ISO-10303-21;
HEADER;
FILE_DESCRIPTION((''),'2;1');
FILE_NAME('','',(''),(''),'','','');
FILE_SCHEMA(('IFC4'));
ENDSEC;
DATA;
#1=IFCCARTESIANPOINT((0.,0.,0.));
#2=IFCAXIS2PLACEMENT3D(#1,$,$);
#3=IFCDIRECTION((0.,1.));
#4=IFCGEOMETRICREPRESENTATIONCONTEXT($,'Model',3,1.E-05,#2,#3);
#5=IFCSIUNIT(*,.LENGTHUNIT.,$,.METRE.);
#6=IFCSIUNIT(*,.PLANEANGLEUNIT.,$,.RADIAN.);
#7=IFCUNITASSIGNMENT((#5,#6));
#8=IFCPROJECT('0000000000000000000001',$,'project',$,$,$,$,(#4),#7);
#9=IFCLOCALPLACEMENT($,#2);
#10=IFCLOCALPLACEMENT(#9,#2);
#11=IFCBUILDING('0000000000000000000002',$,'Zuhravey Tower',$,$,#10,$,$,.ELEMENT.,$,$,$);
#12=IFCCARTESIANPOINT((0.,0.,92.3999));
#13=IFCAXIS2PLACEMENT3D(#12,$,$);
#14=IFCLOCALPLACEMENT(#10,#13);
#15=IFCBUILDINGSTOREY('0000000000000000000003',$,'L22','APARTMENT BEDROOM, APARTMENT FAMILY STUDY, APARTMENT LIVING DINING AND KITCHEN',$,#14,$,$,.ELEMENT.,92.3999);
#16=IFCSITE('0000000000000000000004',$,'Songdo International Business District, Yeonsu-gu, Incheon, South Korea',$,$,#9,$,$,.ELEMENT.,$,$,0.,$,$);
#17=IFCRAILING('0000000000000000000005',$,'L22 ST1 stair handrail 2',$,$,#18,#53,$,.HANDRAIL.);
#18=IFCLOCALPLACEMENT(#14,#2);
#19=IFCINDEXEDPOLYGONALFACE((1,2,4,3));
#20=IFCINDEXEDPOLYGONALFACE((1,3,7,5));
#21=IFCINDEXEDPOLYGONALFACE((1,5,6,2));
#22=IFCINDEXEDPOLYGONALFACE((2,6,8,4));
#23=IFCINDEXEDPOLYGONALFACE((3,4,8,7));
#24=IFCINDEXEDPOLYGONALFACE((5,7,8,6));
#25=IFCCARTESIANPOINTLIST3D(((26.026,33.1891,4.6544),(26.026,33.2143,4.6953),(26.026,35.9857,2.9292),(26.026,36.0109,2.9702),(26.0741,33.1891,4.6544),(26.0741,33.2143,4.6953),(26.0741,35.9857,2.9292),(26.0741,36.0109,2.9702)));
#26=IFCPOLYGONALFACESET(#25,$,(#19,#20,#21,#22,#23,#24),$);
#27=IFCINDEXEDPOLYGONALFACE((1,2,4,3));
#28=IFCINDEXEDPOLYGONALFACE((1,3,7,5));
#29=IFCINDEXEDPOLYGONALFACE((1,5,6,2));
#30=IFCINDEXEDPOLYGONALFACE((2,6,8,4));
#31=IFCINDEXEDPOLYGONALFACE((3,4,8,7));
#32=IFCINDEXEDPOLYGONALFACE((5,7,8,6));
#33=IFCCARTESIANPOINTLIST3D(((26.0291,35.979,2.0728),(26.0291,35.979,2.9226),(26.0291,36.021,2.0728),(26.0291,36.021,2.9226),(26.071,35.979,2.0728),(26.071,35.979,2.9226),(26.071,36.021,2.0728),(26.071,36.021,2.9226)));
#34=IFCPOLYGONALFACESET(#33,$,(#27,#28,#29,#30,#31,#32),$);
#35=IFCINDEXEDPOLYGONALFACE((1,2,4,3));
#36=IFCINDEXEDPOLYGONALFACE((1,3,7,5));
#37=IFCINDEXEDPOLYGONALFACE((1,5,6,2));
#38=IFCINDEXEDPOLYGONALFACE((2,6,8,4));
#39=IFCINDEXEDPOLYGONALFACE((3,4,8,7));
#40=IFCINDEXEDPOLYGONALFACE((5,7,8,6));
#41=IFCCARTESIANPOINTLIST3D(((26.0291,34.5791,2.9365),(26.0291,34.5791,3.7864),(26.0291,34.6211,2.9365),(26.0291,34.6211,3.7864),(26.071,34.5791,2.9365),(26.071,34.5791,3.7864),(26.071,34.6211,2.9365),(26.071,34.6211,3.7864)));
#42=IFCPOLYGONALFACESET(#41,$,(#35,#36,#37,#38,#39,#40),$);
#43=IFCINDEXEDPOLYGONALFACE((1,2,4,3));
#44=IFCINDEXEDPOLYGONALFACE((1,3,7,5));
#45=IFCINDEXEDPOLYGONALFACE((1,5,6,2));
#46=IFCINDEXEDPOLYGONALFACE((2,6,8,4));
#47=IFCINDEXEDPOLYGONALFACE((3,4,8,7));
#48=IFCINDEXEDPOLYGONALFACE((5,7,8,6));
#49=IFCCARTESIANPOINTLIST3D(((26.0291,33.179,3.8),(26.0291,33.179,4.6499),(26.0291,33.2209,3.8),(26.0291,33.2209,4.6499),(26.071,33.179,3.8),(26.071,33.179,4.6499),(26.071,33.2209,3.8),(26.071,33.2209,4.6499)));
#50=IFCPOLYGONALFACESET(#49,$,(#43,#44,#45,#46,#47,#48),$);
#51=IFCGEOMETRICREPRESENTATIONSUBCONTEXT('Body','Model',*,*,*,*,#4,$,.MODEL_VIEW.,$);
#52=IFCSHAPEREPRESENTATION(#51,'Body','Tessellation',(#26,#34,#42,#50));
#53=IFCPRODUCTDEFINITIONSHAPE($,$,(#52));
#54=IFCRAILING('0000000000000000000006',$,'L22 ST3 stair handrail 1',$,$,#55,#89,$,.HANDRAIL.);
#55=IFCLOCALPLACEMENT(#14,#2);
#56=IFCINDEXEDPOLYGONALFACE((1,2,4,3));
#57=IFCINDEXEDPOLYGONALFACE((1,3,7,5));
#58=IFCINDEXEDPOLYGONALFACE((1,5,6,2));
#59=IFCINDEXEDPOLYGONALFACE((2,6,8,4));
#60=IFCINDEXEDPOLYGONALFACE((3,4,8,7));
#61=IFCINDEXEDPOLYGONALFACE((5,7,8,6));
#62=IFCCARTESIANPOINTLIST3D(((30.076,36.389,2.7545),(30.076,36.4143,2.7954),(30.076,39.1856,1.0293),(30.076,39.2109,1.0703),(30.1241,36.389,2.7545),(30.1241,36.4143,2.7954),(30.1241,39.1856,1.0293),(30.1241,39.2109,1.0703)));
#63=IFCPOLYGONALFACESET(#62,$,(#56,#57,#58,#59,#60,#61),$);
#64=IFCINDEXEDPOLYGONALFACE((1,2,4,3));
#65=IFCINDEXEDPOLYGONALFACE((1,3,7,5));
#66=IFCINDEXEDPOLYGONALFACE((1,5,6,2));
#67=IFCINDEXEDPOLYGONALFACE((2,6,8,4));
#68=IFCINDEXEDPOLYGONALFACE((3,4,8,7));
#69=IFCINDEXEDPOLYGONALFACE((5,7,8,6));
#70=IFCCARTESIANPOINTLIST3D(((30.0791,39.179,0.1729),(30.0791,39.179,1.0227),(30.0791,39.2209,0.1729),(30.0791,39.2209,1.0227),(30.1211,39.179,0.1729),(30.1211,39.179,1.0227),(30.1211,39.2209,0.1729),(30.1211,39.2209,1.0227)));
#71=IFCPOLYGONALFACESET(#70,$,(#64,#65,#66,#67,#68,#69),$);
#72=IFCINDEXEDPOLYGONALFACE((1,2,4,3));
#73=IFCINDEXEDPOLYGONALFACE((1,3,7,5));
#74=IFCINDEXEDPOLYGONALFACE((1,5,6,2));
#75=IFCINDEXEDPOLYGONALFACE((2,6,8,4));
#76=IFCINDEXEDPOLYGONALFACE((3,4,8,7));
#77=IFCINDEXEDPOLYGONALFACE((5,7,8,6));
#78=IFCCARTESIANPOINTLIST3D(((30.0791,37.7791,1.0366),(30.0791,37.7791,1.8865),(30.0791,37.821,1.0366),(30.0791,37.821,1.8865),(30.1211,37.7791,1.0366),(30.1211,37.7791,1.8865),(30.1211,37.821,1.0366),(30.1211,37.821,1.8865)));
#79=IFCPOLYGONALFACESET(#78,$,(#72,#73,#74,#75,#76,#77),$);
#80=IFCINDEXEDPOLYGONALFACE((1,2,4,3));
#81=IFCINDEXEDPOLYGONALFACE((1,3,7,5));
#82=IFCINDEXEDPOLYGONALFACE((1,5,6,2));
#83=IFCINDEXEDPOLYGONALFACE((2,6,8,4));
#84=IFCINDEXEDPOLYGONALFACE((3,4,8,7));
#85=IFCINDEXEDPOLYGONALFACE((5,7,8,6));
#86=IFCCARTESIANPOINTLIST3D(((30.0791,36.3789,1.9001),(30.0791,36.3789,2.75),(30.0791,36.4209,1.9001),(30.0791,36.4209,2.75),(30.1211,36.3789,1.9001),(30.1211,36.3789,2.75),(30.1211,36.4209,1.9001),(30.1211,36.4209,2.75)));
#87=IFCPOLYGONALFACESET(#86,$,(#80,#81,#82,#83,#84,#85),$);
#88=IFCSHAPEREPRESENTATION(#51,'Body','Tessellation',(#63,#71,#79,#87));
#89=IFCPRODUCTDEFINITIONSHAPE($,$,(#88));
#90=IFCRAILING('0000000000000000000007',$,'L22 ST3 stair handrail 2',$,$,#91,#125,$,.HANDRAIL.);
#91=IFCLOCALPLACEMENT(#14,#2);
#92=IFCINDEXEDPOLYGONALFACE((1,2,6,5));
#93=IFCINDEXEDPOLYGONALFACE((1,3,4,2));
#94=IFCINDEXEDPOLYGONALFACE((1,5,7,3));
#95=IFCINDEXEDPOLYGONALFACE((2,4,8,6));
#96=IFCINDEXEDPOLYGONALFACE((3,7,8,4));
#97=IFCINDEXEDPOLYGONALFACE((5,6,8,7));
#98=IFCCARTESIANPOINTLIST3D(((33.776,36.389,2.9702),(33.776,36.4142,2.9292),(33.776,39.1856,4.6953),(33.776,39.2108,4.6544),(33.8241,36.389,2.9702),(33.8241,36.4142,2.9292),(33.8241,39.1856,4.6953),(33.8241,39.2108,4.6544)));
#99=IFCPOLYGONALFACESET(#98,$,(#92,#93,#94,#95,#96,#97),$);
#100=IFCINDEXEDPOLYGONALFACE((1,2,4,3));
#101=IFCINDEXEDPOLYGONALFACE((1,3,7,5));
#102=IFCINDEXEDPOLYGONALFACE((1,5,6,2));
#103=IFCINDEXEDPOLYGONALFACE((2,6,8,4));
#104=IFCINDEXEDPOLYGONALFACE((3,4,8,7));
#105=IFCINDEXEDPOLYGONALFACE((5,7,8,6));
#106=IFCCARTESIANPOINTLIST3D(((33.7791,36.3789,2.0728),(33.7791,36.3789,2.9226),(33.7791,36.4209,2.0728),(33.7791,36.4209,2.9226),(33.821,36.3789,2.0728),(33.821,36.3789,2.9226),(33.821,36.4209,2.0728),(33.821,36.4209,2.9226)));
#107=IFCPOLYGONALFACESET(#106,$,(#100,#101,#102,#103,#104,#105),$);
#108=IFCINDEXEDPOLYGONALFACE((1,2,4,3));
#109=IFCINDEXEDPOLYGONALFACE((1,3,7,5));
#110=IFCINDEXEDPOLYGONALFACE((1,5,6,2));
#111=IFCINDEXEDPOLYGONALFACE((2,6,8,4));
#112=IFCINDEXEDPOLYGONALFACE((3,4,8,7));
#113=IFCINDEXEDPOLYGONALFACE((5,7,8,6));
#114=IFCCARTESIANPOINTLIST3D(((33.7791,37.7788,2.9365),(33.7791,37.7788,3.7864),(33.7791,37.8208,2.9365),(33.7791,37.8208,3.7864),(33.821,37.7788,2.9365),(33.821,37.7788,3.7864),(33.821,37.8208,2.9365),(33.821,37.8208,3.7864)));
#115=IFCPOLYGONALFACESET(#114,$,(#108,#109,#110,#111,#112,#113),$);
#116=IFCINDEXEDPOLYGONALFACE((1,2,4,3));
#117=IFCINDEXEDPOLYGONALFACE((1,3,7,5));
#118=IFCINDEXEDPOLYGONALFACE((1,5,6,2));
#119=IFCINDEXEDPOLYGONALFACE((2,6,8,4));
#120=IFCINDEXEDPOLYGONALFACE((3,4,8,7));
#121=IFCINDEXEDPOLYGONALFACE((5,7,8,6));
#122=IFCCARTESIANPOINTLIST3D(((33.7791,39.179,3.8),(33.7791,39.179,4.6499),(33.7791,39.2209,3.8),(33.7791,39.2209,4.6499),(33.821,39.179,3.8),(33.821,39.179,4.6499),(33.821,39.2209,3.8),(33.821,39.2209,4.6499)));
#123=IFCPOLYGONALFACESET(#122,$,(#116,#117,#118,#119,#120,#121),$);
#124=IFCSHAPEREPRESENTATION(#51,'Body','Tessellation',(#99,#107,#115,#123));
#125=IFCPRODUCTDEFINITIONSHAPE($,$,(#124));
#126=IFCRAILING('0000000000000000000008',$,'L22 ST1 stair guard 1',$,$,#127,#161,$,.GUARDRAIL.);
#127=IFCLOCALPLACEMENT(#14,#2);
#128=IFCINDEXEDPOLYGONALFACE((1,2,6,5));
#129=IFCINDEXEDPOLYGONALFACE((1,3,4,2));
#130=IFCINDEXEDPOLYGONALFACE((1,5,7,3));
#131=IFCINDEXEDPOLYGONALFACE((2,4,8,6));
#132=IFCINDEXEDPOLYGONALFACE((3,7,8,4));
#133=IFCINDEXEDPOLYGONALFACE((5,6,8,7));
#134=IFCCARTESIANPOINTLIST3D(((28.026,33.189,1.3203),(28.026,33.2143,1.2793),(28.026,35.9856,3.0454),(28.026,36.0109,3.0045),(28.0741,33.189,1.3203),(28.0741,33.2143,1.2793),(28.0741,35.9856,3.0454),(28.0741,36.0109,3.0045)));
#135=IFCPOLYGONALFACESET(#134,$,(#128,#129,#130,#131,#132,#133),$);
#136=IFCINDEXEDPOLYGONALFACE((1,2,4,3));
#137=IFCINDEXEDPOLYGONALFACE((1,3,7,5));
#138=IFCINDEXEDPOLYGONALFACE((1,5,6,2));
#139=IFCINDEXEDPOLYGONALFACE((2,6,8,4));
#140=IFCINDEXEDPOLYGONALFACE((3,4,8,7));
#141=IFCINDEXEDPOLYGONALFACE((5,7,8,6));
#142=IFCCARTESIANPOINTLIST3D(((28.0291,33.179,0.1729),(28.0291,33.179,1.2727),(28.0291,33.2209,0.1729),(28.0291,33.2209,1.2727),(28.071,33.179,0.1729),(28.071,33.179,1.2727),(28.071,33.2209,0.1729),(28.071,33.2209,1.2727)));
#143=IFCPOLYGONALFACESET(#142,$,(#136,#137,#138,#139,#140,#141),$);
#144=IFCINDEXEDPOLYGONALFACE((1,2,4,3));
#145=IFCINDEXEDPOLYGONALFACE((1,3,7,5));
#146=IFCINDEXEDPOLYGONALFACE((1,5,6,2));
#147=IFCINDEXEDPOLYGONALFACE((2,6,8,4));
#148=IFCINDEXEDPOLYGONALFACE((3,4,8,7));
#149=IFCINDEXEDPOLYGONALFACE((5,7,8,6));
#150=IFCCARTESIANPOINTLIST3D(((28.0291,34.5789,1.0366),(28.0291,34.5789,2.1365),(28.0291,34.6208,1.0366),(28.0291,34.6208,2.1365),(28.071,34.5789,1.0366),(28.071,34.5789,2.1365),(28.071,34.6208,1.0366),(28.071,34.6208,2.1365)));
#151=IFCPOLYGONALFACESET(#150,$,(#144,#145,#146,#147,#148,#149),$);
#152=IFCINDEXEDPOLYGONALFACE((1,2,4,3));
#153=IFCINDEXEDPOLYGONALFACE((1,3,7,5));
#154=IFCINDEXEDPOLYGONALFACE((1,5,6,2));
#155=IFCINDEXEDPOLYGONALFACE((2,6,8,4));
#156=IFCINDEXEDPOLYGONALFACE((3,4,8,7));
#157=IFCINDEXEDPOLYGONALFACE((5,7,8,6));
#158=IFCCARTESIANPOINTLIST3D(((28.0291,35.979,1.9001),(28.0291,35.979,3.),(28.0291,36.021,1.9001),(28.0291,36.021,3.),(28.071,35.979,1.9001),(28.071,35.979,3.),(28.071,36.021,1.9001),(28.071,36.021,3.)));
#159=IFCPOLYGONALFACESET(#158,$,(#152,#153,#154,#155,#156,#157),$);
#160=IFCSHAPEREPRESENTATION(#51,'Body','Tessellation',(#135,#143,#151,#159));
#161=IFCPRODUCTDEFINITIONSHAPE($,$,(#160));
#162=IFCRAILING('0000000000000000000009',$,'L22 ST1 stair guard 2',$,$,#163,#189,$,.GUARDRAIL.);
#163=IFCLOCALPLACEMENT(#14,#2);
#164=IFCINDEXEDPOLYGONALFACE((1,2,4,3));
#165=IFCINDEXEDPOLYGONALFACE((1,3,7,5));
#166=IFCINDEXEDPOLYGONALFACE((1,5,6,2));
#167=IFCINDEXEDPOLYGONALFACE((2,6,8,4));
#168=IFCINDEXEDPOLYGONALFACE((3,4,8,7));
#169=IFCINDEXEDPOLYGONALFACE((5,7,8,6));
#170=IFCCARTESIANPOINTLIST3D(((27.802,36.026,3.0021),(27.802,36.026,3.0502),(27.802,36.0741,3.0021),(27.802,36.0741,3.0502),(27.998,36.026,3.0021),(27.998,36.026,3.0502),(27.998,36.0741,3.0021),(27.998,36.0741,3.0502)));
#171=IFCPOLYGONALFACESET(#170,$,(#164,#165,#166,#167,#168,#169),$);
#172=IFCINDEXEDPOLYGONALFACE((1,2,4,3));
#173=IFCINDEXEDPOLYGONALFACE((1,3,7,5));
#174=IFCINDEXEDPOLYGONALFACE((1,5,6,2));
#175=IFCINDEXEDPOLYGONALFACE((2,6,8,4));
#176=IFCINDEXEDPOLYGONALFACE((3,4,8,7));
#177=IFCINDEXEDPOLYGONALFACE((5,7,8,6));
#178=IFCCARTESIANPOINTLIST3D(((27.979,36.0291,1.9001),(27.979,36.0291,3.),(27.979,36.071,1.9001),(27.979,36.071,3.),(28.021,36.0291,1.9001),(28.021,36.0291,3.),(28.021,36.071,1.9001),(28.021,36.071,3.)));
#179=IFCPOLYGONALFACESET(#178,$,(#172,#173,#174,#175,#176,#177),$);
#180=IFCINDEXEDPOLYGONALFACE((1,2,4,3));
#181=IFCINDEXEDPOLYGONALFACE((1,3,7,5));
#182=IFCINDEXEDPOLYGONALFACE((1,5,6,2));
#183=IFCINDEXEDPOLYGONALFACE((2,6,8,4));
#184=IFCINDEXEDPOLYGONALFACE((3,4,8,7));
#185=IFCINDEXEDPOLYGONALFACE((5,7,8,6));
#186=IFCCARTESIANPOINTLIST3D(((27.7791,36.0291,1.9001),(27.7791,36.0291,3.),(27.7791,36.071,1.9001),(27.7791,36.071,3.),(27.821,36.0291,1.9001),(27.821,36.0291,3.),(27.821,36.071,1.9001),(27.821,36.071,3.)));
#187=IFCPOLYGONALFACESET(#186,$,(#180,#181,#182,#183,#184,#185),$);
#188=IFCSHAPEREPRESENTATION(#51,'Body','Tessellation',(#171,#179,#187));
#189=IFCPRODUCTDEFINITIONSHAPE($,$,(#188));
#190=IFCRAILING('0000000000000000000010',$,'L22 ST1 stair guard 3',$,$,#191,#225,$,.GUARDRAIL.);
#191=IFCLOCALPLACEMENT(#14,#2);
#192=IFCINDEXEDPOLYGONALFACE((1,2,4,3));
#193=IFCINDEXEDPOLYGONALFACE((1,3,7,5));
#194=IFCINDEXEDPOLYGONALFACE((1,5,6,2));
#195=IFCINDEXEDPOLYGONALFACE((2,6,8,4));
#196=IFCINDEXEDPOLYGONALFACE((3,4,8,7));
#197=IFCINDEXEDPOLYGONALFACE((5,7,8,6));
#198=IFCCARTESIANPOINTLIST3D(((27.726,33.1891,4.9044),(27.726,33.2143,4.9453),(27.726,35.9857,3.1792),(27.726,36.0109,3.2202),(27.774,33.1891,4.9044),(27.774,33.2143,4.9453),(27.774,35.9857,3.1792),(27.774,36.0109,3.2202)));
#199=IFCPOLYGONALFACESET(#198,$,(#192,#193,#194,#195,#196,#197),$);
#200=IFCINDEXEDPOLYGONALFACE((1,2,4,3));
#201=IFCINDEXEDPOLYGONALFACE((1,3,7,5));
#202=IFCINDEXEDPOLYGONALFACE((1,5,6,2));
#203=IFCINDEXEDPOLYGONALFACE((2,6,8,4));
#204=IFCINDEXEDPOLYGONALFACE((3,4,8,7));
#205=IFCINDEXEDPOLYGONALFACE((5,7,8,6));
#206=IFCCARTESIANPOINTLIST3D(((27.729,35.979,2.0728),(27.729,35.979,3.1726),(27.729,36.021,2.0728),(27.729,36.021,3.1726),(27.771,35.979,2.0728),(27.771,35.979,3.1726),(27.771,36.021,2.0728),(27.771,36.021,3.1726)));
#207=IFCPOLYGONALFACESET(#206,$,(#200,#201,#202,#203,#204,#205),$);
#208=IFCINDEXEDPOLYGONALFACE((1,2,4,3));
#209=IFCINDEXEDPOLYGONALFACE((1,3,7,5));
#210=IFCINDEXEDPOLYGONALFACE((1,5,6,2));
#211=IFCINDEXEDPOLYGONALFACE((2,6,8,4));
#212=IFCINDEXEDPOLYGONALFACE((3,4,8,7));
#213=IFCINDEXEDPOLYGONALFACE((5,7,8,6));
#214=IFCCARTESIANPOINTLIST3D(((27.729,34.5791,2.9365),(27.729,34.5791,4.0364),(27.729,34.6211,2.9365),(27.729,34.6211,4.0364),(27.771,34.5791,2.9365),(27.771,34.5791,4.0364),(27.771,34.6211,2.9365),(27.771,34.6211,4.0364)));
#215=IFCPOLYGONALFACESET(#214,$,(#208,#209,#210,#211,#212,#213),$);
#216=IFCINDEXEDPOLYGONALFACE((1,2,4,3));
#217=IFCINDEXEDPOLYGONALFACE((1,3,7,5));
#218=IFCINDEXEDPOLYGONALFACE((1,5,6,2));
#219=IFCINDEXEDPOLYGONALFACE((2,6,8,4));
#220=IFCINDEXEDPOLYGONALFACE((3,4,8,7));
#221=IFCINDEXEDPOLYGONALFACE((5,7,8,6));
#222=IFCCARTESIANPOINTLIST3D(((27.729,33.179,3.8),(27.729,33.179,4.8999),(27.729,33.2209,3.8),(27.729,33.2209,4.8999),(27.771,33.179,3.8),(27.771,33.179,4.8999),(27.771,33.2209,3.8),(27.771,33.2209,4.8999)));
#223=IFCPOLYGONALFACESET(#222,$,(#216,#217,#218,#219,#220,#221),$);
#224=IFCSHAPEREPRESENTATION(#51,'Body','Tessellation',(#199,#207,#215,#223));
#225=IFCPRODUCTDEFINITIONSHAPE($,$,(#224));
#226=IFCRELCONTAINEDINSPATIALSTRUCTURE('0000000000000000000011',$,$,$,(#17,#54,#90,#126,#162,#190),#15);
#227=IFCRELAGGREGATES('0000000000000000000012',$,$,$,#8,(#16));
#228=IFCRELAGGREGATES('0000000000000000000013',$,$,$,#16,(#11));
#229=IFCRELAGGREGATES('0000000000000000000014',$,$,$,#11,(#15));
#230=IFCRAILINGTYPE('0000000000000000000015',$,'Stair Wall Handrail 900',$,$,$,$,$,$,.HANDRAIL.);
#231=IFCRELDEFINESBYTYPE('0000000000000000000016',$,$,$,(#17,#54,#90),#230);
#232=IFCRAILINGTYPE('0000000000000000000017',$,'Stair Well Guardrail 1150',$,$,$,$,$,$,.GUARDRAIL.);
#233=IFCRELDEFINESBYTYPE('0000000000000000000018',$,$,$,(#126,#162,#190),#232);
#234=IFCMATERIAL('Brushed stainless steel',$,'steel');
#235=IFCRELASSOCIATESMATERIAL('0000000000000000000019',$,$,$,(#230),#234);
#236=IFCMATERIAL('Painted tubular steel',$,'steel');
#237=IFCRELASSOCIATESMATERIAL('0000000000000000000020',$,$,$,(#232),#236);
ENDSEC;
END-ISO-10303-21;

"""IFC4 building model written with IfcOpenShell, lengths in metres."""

from ifc_helpers import new_model, si_unit, direction, frame, origin, origin_2d, place, context, subcontext, project, spatial, rectangle, extrude, material, type_object, element, save


model = new_model("IFC4")

# Units and contexts
model_context = context("Model", 3, precision=1e-05, world=origin(), true_north=direction((0.0, 1.0)))
body_context = subcontext(model_context, "Body", "Model", "MODEL_VIEW")
ifc_project = project(units=[si_unit("LENGTHUNIT", "METRE"), si_unit("PLANEANGLEUNIT", "RADIAN")], contexts=[model_context])

# Site, building, storey
site_placement = place(None, origin())
site = spatial("IfcSite", under=ifc_project, at=site_placement, Name="Songdo International Business District, Yeonsu-gu, Incheon, South Korea", CompositionType="ELEMENT", RefElevation=0.0)
building_placement = place(site_placement, origin())
building = spatial("IfcBuilding", under=site, at=building_placement, Name="Zuhravey Tower", CompositionType="ELEMENT")
storey_placement = place(building_placement, frame((0.0, 0.0, 92.3999)))
storey = spatial("IfcBuildingStorey", under=building, at=storey_placement, Name="L22", Description="APARTMENT BEDROOM, APARTMENT FAMILY STUDY, APARTMENT LIVING DINING AND KITCHEN", CompositionType="ELEMENT", Elevation=92.3999)

# Railings
ifc_material_1 = material(Name="Brushed stainless steel", Category="steel")
railing_type_1 = type_object("IfcRailingType", Name="Stair Wall Handrail 900", PredefinedType="HANDRAIL", material=ifc_material_1)
for number, where, name in (
    (1, (26.05, 36.0, 2.0728), "L22 ST1 stair handrail 2"),
    (2, (30.1001, 39.2, 0.1729), "L22 ST3 stair handrail 1"),
):
    element("IfcRailing", number, at=place(storey_placement, frame(where)), inside=storey, type_object=railing_type_1, Name=name, PredefinedType="HANDRAIL", context=body_context, shape_type="SweptSolid", body=[
        extrude(rectangle(XDim=0.0481, YDim=0.0481, at=origin_2d()), frame((0.0, -0.0017, 0.877), z_axis=(0.0, -0.85109, 0.52502), x_axis=(1.0, 0.0, 0.0)), (0.0, 0.0, 1.0), 3.2859),
        extrude(rectangle(XDim=0.042, YDim=0.042, at=origin_2d()), origin(), (0.0, 0.0, 1.0), 0.8499),
        extrude(rectangle(XDim=0.042, YDim=0.042, at=origin_2d()), frame((0.0, -1.3999, 0.8638)), (0.0, 0.0, 1.0), 0.8499),
        extrude(rectangle(XDim=0.042, YDim=0.042, at=origin_2d()), frame((0.0, -2.8, 1.7273)), (0.0, 0.0, 1.0), 0.8499),
    ])
railing_1_placement = place(storey_placement, frame((33.8, 36.3999, 2.0728)))
element("IfcRailing", 3, at=railing_1_placement, inside=storey, type_object=railing_type_1, Name="L22 ST3 stair handrail 2", PredefinedType="HANDRAIL", context=body_context, shape_type="SweptSolid", body=[
    extrude(rectangle(XDim=0.0481, YDim=0.0481, at=origin_2d()), frame((0.0, 0.0017, 0.877), z_axis=(0.0, 0.85109, 0.52502), x_axis=(-1.0, 0.0, 0.0)), (0.0, 0.0, 1.0), 3.2859),
    extrude(rectangle(XDim=0.042, YDim=0.042, at=origin_2d()), origin(), (0.0, 0.0, 1.0), 0.8499),
    extrude(rectangle(XDim=0.042, YDim=0.042, at=origin_2d()), frame((0.0, 1.3999, 0.8638)), (0.0, 0.0, 1.0), 0.8499),
    extrude(rectangle(XDim=0.042, YDim=0.042, at=origin_2d()), frame((0.0, 2.8, 1.7273)), (0.0, 0.0, 1.0), 0.8499),
])
ifc_material_2 = material(Name="Painted tubular steel", Category="steel")
railing_type_2 = type_object("IfcRailingType", Name="Stair Well Guardrail 1150", PredefinedType="GUARDRAIL", material=ifc_material_2)
railing_2_placement = place(storey_placement, frame((28.05, 33.2, 0.1729)))
element("IfcRailing", 4, at=railing_2_placement, inside=storey, type_object=railing_type_2, Name="L22 ST1 stair guard 1", PredefinedType="GUARDRAIL", context=body_context, shape_type="SweptSolid", body=[
    extrude(rectangle(XDim=0.0481, YDim=0.0481, at=origin_2d()), frame((0.0, 0.0017, 1.127), z_axis=(0.0, 0.85109, 0.52502), x_axis=(-1.0, 0.0, 0.0)), (0.0, 0.0, 1.0), 3.2859),
    extrude(rectangle(XDim=0.042, YDim=0.042, at=origin_2d()), origin(), (0.0, 0.0, 1.0), 1.0999),
    extrude(rectangle(XDim=0.042, YDim=0.042, at=origin_2d()), frame((0.0, 1.3999, 0.8638)), (0.0, 0.0, 1.0), 1.0999),
    extrude(rectangle(XDim=0.042, YDim=0.042, at=origin_2d()), frame((0.0, 2.8, 1.7273)), (0.0, 0.0, 1.0), 1.0999),
])
railing_3_placement = place(storey_placement, frame((28.0, 36.05, 1.9001)))
element("IfcRailing", 5, at=railing_3_placement, inside=storey, type_object=railing_type_2, Name="L22 ST1 stair guard 2", PredefinedType="GUARDRAIL", context=body_context, shape_type="SweptSolid", body=[
    extrude(rectangle(XDim=0.0481, YDim=0.0481, at=origin_2d()), frame((-0.002, 0.0, 1.126), z_axis=(-1.0, 0.0, 0.0), x_axis=(0.0, -1.0, 0.0)), (0.0, 0.0, 1.0), 0.196),
    extrude(rectangle(XDim=0.042, YDim=0.042, at=origin_2d()), origin(), (0.0, 0.0, 1.0), 1.0999),
    extrude(rectangle(XDim=0.042, YDim=0.042, at=origin_2d()), frame((-0.2, 0.0, 0.0)), (0.0, 0.0, 1.0), 1.0999),
])
railing_4_placement = place(storey_placement, frame((27.75, 36.0, 2.0728)))
element("IfcRailing", 6, at=railing_4_placement, inside=storey, type_object=railing_type_2, Name="L22 ST1 stair guard 3", PredefinedType="GUARDRAIL", context=body_context, shape_type="SweptSolid", body=[
    extrude(rectangle(XDim=0.0481, YDim=0.0481, at=origin_2d()), frame((0.0, -0.0017, 1.127), z_axis=(0.0, -0.85109, 0.52502), x_axis=(1.0, 0.0, 0.0)), (0.0, 0.0, 1.0), 3.2859),
    extrude(rectangle(XDim=0.042, YDim=0.042, at=origin_2d()), origin(), (0.0, 0.0, 1.0), 1.0999),
    extrude(rectangle(XDim=0.042, YDim=0.042, at=origin_2d()), frame((0.0, -1.3999, 0.8638)), (0.0, 0.0, 1.0), 1.0999),
    extrude(rectangle(XDim=0.042, YDim=0.042, at=origin_2d()), frame((0.0, -2.8, 1.7273)), (0.0, 0.0, 1.0), 1.0999),
])

save(model, "model.ifc")
